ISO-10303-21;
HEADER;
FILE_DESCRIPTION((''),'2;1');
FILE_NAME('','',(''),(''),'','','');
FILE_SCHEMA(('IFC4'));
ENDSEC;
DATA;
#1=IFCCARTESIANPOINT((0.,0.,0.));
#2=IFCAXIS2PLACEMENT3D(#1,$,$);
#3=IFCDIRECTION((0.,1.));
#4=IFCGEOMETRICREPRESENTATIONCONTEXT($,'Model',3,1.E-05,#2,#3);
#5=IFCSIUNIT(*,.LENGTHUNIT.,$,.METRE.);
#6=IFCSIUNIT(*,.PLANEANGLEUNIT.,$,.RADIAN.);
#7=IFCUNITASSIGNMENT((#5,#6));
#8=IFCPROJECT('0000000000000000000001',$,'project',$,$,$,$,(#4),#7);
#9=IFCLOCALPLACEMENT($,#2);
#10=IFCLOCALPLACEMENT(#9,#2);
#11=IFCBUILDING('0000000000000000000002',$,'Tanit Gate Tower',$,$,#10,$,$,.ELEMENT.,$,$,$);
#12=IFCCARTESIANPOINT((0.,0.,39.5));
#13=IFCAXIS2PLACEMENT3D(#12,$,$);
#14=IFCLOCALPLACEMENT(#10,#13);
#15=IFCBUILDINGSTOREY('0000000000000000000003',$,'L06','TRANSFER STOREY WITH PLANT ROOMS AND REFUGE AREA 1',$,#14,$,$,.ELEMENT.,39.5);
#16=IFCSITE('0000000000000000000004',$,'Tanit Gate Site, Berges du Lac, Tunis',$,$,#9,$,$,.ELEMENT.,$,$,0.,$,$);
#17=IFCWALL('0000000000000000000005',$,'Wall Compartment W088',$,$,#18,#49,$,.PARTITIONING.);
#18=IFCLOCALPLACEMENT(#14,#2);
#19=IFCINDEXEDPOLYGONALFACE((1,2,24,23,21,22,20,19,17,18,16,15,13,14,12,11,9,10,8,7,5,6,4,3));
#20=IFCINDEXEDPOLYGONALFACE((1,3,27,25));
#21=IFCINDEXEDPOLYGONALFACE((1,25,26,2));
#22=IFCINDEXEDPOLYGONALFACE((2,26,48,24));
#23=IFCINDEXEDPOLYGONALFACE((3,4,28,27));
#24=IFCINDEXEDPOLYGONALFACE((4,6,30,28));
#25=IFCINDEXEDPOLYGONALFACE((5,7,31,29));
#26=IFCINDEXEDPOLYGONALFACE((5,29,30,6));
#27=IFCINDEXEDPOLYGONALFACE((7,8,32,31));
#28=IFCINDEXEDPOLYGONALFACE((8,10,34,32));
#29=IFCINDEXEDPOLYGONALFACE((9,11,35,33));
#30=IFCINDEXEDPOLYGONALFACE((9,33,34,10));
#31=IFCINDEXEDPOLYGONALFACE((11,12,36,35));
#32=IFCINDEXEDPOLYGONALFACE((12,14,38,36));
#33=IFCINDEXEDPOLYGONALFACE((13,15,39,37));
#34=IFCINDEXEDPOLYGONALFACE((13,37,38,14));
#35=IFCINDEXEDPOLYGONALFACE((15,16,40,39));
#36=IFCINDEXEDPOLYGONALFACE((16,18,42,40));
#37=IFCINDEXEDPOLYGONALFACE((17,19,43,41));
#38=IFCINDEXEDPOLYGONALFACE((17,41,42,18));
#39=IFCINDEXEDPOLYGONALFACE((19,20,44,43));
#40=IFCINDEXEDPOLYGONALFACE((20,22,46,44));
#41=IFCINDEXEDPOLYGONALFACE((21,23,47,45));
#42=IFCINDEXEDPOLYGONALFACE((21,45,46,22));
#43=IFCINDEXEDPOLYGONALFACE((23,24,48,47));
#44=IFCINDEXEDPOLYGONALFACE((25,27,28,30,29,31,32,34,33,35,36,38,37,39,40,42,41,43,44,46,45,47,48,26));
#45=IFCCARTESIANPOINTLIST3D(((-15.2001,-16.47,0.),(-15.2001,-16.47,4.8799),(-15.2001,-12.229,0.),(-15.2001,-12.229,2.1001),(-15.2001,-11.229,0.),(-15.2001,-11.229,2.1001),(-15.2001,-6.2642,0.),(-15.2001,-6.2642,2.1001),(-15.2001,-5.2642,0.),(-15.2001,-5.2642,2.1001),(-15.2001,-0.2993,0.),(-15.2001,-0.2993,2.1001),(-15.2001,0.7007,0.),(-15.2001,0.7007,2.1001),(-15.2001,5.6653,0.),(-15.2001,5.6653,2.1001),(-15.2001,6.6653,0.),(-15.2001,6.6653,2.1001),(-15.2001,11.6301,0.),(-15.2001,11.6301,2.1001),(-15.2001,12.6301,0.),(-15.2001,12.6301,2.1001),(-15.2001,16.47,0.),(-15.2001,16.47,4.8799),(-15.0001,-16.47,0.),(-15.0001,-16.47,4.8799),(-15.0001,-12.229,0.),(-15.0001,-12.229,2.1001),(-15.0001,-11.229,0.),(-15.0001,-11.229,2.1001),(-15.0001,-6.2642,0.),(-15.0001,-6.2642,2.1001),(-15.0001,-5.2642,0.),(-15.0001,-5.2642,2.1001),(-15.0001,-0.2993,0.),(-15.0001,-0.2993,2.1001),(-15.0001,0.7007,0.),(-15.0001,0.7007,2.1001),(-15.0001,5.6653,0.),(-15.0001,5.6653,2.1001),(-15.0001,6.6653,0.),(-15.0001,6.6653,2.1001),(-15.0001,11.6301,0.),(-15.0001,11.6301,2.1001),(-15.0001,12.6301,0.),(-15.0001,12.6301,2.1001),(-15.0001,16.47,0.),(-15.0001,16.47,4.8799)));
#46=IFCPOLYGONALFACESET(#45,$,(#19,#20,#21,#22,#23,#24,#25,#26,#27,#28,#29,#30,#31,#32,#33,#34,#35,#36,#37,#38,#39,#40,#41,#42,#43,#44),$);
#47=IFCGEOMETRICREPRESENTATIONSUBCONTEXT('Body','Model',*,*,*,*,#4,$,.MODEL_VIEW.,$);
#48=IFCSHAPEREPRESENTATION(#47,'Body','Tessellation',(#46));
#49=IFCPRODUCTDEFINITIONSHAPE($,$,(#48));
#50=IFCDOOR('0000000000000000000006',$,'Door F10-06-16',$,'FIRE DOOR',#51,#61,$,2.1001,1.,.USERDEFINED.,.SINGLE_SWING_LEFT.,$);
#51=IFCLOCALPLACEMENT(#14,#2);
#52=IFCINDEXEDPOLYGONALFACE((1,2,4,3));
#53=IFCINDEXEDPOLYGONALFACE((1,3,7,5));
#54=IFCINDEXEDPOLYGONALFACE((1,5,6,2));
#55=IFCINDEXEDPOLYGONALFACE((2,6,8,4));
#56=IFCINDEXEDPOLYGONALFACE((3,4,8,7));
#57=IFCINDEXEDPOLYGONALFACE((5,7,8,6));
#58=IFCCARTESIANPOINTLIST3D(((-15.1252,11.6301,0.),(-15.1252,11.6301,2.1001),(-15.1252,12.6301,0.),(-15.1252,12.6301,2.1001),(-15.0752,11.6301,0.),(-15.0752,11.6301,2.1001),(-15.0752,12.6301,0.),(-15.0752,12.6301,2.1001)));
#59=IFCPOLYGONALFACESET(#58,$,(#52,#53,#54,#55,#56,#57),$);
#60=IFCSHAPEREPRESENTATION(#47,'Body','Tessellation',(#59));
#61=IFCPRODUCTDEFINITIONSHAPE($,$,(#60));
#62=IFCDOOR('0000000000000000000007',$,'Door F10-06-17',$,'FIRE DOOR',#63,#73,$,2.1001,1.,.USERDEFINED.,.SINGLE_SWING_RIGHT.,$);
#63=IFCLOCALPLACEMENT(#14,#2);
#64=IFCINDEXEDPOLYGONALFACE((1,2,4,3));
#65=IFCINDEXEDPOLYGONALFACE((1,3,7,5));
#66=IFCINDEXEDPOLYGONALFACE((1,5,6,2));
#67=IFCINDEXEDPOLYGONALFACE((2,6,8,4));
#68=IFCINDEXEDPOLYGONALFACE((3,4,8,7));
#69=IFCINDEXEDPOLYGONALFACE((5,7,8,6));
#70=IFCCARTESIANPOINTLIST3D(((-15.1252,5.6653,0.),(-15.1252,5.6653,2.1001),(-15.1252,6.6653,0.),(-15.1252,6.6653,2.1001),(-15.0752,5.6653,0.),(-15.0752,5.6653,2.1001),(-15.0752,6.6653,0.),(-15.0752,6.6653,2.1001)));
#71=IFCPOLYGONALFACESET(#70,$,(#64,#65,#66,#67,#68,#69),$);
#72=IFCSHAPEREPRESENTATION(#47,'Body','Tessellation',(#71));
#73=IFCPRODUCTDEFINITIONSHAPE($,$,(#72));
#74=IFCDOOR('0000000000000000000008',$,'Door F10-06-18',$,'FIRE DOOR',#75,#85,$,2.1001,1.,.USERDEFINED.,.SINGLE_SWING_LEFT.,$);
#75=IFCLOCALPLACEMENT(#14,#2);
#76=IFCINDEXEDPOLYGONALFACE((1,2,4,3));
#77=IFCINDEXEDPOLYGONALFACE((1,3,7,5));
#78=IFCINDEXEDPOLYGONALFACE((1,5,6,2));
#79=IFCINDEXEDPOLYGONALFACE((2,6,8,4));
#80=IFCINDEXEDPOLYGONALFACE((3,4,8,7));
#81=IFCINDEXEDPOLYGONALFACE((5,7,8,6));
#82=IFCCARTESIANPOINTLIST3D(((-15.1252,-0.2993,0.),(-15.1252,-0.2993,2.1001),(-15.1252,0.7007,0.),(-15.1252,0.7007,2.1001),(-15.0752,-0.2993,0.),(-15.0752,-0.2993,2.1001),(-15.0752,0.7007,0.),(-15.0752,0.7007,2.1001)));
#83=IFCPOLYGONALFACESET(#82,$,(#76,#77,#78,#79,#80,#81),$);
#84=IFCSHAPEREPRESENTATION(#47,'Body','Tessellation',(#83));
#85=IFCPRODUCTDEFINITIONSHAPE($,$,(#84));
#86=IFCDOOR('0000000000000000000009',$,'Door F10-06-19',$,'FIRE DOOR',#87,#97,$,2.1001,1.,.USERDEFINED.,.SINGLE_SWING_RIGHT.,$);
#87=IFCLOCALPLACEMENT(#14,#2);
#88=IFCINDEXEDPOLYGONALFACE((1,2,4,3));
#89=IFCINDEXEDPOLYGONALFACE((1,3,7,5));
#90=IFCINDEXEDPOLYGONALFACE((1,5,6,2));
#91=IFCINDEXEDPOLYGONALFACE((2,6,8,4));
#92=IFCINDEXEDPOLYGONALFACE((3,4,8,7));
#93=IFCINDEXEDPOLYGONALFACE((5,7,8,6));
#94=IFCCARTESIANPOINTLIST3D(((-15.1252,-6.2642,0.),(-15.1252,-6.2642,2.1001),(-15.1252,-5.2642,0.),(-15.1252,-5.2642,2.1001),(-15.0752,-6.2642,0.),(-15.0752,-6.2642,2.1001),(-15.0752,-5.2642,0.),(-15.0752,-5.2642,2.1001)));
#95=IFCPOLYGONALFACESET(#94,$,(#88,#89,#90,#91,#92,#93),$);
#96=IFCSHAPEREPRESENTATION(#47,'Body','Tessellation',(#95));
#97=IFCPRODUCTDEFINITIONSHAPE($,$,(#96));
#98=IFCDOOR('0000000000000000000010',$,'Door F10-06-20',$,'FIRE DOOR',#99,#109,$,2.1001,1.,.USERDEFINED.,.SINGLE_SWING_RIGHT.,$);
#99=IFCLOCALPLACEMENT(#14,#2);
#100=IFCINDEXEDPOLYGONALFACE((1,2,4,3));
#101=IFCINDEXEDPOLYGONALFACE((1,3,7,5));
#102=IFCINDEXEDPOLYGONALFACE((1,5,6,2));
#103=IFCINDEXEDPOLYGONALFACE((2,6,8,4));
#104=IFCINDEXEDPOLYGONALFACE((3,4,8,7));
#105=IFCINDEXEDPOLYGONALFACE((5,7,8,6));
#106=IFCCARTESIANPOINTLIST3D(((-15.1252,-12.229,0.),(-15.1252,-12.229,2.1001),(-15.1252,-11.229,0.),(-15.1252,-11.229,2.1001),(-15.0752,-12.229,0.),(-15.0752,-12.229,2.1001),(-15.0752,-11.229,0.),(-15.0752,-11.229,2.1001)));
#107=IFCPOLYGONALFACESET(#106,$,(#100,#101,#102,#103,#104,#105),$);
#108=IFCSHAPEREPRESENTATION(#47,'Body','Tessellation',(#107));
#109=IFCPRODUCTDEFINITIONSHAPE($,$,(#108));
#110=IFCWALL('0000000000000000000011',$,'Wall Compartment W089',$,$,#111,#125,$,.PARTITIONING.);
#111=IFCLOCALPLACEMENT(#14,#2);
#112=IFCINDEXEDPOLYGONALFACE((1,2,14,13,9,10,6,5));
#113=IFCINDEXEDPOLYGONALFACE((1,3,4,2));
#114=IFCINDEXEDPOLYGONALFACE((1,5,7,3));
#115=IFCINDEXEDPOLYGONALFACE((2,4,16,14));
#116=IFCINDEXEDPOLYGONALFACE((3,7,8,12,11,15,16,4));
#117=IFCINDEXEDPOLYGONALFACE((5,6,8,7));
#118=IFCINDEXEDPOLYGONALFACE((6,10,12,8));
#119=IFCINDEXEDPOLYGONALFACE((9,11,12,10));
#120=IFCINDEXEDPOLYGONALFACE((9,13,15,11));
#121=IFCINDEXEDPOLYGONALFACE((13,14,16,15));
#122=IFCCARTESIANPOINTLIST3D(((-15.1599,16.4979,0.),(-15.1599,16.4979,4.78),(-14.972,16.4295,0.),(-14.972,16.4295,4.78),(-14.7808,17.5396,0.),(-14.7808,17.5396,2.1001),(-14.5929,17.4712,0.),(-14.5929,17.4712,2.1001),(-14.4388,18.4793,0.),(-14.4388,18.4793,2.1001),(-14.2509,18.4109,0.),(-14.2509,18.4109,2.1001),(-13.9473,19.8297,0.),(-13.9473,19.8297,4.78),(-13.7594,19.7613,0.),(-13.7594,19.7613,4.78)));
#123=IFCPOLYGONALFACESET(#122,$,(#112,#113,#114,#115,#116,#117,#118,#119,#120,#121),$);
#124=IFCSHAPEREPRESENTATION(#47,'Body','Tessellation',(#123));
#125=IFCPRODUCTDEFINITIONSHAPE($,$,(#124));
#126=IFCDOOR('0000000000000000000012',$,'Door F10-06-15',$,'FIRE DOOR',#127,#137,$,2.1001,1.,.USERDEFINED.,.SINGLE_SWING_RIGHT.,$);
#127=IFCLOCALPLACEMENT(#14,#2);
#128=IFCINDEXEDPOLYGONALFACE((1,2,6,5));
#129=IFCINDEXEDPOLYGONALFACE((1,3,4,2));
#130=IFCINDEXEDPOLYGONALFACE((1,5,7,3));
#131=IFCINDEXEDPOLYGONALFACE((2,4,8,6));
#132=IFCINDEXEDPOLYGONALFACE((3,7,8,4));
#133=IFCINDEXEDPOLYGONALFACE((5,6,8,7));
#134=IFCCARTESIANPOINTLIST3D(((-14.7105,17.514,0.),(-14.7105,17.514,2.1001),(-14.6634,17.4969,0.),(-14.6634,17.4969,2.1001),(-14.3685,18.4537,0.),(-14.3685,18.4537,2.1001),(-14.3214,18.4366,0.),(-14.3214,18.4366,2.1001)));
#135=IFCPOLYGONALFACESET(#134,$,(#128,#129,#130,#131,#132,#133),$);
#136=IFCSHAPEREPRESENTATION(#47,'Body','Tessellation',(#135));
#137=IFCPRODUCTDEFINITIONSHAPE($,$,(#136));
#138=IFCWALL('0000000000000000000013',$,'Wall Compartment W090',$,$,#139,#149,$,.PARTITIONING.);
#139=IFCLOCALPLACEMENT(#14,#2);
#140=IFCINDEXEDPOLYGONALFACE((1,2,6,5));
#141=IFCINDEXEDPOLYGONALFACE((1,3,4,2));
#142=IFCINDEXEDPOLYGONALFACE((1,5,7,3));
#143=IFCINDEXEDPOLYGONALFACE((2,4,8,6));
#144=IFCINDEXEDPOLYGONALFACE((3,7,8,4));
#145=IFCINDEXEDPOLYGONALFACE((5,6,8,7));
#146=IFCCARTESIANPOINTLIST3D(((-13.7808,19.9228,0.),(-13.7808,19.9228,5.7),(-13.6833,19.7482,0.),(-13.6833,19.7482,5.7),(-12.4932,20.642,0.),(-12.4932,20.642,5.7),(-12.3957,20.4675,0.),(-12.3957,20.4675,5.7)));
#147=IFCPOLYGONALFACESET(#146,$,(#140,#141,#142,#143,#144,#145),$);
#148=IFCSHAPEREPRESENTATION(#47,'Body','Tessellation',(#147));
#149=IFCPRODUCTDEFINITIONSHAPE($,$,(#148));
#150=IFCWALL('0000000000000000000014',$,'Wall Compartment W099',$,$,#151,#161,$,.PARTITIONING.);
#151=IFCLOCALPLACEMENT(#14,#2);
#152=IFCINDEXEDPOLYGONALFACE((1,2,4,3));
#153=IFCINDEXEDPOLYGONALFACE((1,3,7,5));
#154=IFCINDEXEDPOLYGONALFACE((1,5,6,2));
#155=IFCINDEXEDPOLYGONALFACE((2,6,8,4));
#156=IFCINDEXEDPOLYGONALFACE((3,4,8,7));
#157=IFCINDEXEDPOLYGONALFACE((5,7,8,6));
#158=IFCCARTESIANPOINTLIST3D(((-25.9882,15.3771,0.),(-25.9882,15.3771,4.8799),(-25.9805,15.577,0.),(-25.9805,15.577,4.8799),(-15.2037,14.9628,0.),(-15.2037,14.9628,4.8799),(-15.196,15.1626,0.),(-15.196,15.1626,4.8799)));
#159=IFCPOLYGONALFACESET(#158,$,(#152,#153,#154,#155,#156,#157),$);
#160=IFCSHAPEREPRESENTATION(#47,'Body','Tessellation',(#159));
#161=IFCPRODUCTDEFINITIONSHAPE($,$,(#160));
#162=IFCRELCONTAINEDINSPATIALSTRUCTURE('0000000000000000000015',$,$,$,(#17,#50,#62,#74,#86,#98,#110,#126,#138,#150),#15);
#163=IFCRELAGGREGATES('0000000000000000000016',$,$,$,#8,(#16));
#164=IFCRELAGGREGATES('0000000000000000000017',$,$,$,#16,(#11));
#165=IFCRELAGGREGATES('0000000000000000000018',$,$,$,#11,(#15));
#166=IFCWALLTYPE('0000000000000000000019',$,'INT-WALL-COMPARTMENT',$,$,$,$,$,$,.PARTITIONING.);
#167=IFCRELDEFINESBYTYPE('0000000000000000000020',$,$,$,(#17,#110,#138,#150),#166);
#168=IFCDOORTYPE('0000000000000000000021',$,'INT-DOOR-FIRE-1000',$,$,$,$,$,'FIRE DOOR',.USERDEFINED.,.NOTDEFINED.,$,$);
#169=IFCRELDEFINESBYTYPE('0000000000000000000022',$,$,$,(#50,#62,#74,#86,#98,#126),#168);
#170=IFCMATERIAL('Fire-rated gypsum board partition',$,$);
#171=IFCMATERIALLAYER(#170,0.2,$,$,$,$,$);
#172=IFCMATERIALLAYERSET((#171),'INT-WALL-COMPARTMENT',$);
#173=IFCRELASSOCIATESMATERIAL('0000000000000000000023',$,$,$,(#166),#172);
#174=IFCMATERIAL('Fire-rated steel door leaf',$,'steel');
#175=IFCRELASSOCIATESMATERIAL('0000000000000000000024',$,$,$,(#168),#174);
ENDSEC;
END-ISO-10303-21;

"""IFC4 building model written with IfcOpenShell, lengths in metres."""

from ifc_helpers import new_model, si_unit, direction, frame, frame_2d, origin, place, context, subcontext, project, spatial, rectangle, extrude, material, layer, layer_set, type_object, element, fill, save


model = new_model("IFC4")

# Units and contexts
model_context = context("Model", 3, precision=1e-05, world=origin(), true_north=direction((0.0, 1.0)))
body_context = subcontext(model_context, "Body", "Model", "MODEL_VIEW")
ifc_project = project(units=[si_unit("LENGTHUNIT", "METRE"), si_unit("PLANEANGLEUNIT", "RADIAN")], contexts=[model_context])

# Site, building, storey
site_placement = place(None, origin())
site = spatial("IfcSite", under=ifc_project, at=site_placement, Name="Tanit Gate Site, Berges du Lac, Tunis", CompositionType="ELEMENT", RefElevation=0.0)
building_placement = place(site_placement, origin())
building = spatial("IfcBuilding", under=site, at=building_placement, Name="Tanit Gate Tower", CompositionType="ELEMENT")
storey_placement = place(building_placement, frame((0.0, 0.0, 39.5)))
storey = spatial("IfcBuildingStorey", under=building, at=storey_placement, Name="L06", Description="TRANSFER STOREY WITH PLANT ROOMS AND REFUGE AREA 1", CompositionType="ELEMENT", Elevation=39.5)

# Wall, openings, doors
ifc_material_1 = material(Name="Fire-rated gypsum board partition")
ifc_layer_1 = layer(ifc_material_1, 0.2)
ifc_layer_set_1 = layer_set([ifc_layer_1], Name="INT-WALL-COMPARTMENT")
wall_type_1 = type_object("IfcWallType", Name="INT-WALL-COMPARTMENT", PredefinedType="PARTITIONING", material=ifc_layer_set_1)
wall_1_placement = place(storey_placement, frame((-15.1001, 16.47, 0.0), z_axis=(0.0, 0.0, 1.0), x_axis=(0.0, -1.0, 0.0)))
wall_1 = element("IfcWall", 1, at=wall_1_placement, inside=storey, type_object=wall_type_1, Name="Wall Compartment W088", PredefinedType="PARTITIONING", context=body_context, shape_type="SweptSolid", body=[
    extrude(rectangle(XDim=32.9399, YDim=0.2, at=frame_2d((16.47, 0.0))), origin(), (0.0, 0.0, 1.0), 4.8799),
])
opening_1_placement = place(wall_1_placement, frame((3.8398, 0.0, 0.0)))
opening_1 = element("IfcOpeningElement", 2, at=opening_1_placement, cuts=wall_1, PredefinedType="OPENING", context=body_context, shape_type="SweptSolid", body=[
    extrude(rectangle(XDim=1.0, YDim=2.1001, at=frame_2d((0.5, 1.05))), frame((0.0, 0.1099, 0.0), z_axis=(0.0, -1.0, 0.0), x_axis=(1.0, 0.0, 0.0)), (0.0, 0.0, 1.0), 0.22),
])
opening_2_placement = place(wall_1_placement, frame((9.8047, 0.0, 0.0)))
opening_2 = element("IfcOpeningElement", 3, at=opening_2_placement, cuts=wall_1, PredefinedType="OPENING", context=body_context, shape_type="SweptSolid", body=[
    extrude(rectangle(XDim=1.0, YDim=2.1001, at=frame_2d((0.5, 1.05))), frame((0.0, 0.1099, 0.0), z_axis=(0.0, -1.0, 0.0), x_axis=(1.0, 0.0, 0.0)), (0.0, 0.0, 1.0), 0.22),
])
opening_3_placement = place(wall_1_placement, frame((15.7693, 0.0, 0.0)))
opening_3 = element("IfcOpeningElement", 4, at=opening_3_placement, cuts=wall_1, PredefinedType="OPENING", context=body_context, shape_type="SweptSolid", body=[
    extrude(rectangle(XDim=1.0, YDim=2.1001, at=frame_2d((0.5, 1.05))), frame((0.0, 0.1099, 0.0), z_axis=(0.0, -1.0, 0.0), x_axis=(1.0, 0.0, 0.0)), (0.0, 0.0, 1.0), 0.22),
])
opening_4_placement = place(wall_1_placement, frame((21.7341, 0.0, 0.0)))
opening_4 = element("IfcOpeningElement", 5, at=opening_4_placement, cuts=wall_1, PredefinedType="OPENING", context=body_context, shape_type="SweptSolid", body=[
    extrude(rectangle(XDim=1.0, YDim=2.1001, at=frame_2d((0.5, 1.05))), frame((0.0, 0.1099, 0.0), z_axis=(0.0, -1.0, 0.0), x_axis=(1.0, 0.0, 0.0)), (0.0, 0.0, 1.0), 0.22),
])
opening_5_placement = place(wall_1_placement, frame((27.699, 0.0, 0.0)))
opening_5 = element("IfcOpeningElement", 6, at=opening_5_placement, cuts=wall_1, PredefinedType="OPENING", context=body_context, shape_type="SweptSolid", body=[
    extrude(rectangle(XDim=1.0, YDim=2.1001, at=frame_2d((0.5, 1.05))), frame((0.0, 0.1099, 0.0), z_axis=(0.0, -1.0, 0.0), x_axis=(1.0, 0.0, 0.0)), (0.0, 0.0, 1.0), 0.22),
])
ifc_material_2 = material(Name="Fire-rated steel door leaf", Category="steel")
door_type_1 = type_object("IfcDoorType", Name="INT-DOOR-FIRE-1000", ElementType="FIRE DOOR", OperationType="NOTDEFINED", PredefinedType="USERDEFINED", material=ifc_material_2)
door_1_placement = place(opening_1_placement, origin())
door_1 = element("IfcDoor", 7, at=door_1_placement, inside=storey, type_object=door_type_1, Name="Door F10-06-16", ObjectType="FIRE DOOR", OperationType="SINGLE_SWING_LEFT", OverallHeight=2.1001, OverallWidth=1.0, PredefinedType="USERDEFINED", context=body_context, shape_type="SweptSolid", body=[
    extrude(rectangle(XDim=1.0, YDim=2.1001, at=frame_2d((0.5, 1.05))), frame((0.0, 0.0249, 0.0), z_axis=(0.0, -1.0, 0.0), x_axis=(1.0, 0.0, 0.0)), (0.0, 0.0, 1.0), 0.05),
])
fill(opening_1, door_1)
door_2_placement = place(opening_2_placement, origin())
door_2 = element("IfcDoor", 8, at=door_2_placement, inside=storey, type_object=door_type_1, Name="Door F10-06-17", ObjectType="FIRE DOOR", OperationType="SINGLE_SWING_RIGHT", OverallHeight=2.1001, OverallWidth=1.0, PredefinedType="USERDEFINED", context=body_context, shape_type="SweptSolid", body=[
    extrude(rectangle(XDim=1.0, YDim=2.1001, at=frame_2d((0.5, 1.05))), frame((0.0, 0.0249, 0.0), z_axis=(0.0, -1.0, 0.0), x_axis=(1.0, 0.0, 0.0)), (0.0, 0.0, 1.0), 0.05),
])
fill(opening_2, door_2)
door_3_placement = place(opening_3_placement, origin())
door_3 = element("IfcDoor", 9, at=door_3_placement, inside=storey, type_object=door_type_1, Name="Door F10-06-18", ObjectType="FIRE DOOR", OperationType="SINGLE_SWING_LEFT", OverallHeight=2.1001, OverallWidth=1.0, PredefinedType="USERDEFINED", context=body_context, shape_type="SweptSolid", body=[
    extrude(rectangle(XDim=1.0, YDim=2.1001, at=frame_2d((0.5, 1.05))), frame((0.0, 0.0249, 0.0), z_axis=(0.0, -1.0, 0.0), x_axis=(1.0, 0.0, 0.0)), (0.0, 0.0, 1.0), 0.05),
])
fill(opening_3, door_3)
door_4_placement = place(opening_4_placement, origin())
door_4 = element("IfcDoor", 10, at=door_4_placement, inside=storey, type_object=door_type_1, Name="Door F10-06-19", ObjectType="FIRE DOOR", OperationType="SINGLE_SWING_RIGHT", OverallHeight=2.1001, OverallWidth=1.0, PredefinedType="USERDEFINED", context=body_context, shape_type="SweptSolid", body=[
    extrude(rectangle(XDim=1.0, YDim=2.1001, at=frame_2d((0.5, 1.05))), frame((0.0, 0.0249, 0.0), z_axis=(0.0, -1.0, 0.0), x_axis=(1.0, 0.0, 0.0)), (0.0, 0.0, 1.0), 0.05),
])
fill(opening_4, door_4)
door_5_placement = place(opening_5_placement, origin())
door_5 = element("IfcDoor", 11, at=door_5_placement, inside=storey, type_object=door_type_1, Name="Door F10-06-20", ObjectType="FIRE DOOR", OperationType="SINGLE_SWING_RIGHT", OverallHeight=2.1001, OverallWidth=1.0, PredefinedType="USERDEFINED", context=body_context, shape_type="SweptSolid", body=[
    extrude(rectangle(XDim=1.0, YDim=2.1001, at=frame_2d((0.5, 1.05))), frame((0.0, 0.0249, 0.0), z_axis=(0.0, -1.0, 0.0), x_axis=(1.0, 0.0, 0.0)), (0.0, 0.0, 1.0), 0.05),
])
fill(opening_5, door_5)

# Wall, opening, door
wall_2_placement = place(storey_placement, frame((-13.8533, 19.7957, 0.0), z_axis=(0.0, 0.0, 1.0), x_axis=(-0.342014, -0.939695, 0.0)))
wall_2 = element("IfcWall", 12, at=wall_2_placement, inside=storey, type_object=wall_type_1, Name="Wall Compartment W089", PredefinedType="PARTITIONING", context=body_context, shape_type="SweptSolid", body=[
    extrude(rectangle(XDim=3.5457, YDim=0.2, at=frame_2d((1.7729, 0.0))), origin(), (0.0, 0.0, 1.0), 4.78),
])
opening_6_placement = place(wall_2_placement, frame((1.4373, 0.0, 0.0)))
opening_6 = element("IfcOpeningElement", 13, at=opening_6_placement, cuts=wall_2, PredefinedType="OPENING", context=body_context, shape_type="SweptSolid", body=[
    extrude(rectangle(XDim=1.0, YDim=2.1001, at=frame_2d((0.5, 1.05))), frame((0.0, 0.1099, 0.0), z_axis=(0.0, -1.0, 0.0), x_axis=(1.0, 0.0, 0.0)), (0.0, 0.0, 1.0), 0.22),
])
door_6_placement = place(opening_6_placement, origin())
door_6 = element("IfcDoor", 14, at=door_6_placement, inside=storey, type_object=door_type_1, Name="Door F10-06-15", ObjectType="FIRE DOOR", OperationType="SINGLE_SWING_RIGHT", OverallHeight=2.1001, OverallWidth=1.0, PredefinedType="USERDEFINED", context=body_context, shape_type="SweptSolid", body=[
    extrude(rectangle(XDim=1.0, YDim=2.1001, at=frame_2d((0.5, 1.05))), frame((0.0, 0.0249, 0.0), z_axis=(0.0, -1.0, 0.0), x_axis=(1.0, 0.0, 0.0)), (0.0, 0.0, 1.0), 0.05),
])
fill(opening_6, door_6)

# Walls
wall_3_placement = place(storey_placement, frame((-12.4446, 20.5547, 0.0), z_axis=(0.0, 0.0, 1.0), x_axis=(-0.873031, -0.487666, 0.0)))
element("IfcWall", 15, at=wall_3_placement, inside=storey, type_object=wall_type_1, Name="Wall Compartment W090", PredefinedType="PARTITIONING", context=body_context, shape_type="SweptSolid", body=[
    extrude(rectangle(XDim=1.4749, YDim=0.2, at=frame_2d((0.7373, 0.0))), origin(), (0.0, 0.0, 1.0), 5.7),
])
wall_4_placement = place(storey_placement, frame((-25.9844, 15.4771, 0.0), z_axis=(0.0, 0.0, 1.0), x_axis=(0.999263, -0.038389, 0.0)))
element("IfcWall", 16, at=wall_4_placement, inside=storey, type_object=wall_type_1, Name="Wall Compartment W099", PredefinedType="PARTITIONING", context=body_context, shape_type="SweptSolid", body=[
    extrude(rectangle(XDim=10.7925, YDim=0.2, at=frame_2d((5.3962, 0.0))), origin(), (0.0, 0.0, 1.0), 4.8799),
])

save(model, "model.ifc")
